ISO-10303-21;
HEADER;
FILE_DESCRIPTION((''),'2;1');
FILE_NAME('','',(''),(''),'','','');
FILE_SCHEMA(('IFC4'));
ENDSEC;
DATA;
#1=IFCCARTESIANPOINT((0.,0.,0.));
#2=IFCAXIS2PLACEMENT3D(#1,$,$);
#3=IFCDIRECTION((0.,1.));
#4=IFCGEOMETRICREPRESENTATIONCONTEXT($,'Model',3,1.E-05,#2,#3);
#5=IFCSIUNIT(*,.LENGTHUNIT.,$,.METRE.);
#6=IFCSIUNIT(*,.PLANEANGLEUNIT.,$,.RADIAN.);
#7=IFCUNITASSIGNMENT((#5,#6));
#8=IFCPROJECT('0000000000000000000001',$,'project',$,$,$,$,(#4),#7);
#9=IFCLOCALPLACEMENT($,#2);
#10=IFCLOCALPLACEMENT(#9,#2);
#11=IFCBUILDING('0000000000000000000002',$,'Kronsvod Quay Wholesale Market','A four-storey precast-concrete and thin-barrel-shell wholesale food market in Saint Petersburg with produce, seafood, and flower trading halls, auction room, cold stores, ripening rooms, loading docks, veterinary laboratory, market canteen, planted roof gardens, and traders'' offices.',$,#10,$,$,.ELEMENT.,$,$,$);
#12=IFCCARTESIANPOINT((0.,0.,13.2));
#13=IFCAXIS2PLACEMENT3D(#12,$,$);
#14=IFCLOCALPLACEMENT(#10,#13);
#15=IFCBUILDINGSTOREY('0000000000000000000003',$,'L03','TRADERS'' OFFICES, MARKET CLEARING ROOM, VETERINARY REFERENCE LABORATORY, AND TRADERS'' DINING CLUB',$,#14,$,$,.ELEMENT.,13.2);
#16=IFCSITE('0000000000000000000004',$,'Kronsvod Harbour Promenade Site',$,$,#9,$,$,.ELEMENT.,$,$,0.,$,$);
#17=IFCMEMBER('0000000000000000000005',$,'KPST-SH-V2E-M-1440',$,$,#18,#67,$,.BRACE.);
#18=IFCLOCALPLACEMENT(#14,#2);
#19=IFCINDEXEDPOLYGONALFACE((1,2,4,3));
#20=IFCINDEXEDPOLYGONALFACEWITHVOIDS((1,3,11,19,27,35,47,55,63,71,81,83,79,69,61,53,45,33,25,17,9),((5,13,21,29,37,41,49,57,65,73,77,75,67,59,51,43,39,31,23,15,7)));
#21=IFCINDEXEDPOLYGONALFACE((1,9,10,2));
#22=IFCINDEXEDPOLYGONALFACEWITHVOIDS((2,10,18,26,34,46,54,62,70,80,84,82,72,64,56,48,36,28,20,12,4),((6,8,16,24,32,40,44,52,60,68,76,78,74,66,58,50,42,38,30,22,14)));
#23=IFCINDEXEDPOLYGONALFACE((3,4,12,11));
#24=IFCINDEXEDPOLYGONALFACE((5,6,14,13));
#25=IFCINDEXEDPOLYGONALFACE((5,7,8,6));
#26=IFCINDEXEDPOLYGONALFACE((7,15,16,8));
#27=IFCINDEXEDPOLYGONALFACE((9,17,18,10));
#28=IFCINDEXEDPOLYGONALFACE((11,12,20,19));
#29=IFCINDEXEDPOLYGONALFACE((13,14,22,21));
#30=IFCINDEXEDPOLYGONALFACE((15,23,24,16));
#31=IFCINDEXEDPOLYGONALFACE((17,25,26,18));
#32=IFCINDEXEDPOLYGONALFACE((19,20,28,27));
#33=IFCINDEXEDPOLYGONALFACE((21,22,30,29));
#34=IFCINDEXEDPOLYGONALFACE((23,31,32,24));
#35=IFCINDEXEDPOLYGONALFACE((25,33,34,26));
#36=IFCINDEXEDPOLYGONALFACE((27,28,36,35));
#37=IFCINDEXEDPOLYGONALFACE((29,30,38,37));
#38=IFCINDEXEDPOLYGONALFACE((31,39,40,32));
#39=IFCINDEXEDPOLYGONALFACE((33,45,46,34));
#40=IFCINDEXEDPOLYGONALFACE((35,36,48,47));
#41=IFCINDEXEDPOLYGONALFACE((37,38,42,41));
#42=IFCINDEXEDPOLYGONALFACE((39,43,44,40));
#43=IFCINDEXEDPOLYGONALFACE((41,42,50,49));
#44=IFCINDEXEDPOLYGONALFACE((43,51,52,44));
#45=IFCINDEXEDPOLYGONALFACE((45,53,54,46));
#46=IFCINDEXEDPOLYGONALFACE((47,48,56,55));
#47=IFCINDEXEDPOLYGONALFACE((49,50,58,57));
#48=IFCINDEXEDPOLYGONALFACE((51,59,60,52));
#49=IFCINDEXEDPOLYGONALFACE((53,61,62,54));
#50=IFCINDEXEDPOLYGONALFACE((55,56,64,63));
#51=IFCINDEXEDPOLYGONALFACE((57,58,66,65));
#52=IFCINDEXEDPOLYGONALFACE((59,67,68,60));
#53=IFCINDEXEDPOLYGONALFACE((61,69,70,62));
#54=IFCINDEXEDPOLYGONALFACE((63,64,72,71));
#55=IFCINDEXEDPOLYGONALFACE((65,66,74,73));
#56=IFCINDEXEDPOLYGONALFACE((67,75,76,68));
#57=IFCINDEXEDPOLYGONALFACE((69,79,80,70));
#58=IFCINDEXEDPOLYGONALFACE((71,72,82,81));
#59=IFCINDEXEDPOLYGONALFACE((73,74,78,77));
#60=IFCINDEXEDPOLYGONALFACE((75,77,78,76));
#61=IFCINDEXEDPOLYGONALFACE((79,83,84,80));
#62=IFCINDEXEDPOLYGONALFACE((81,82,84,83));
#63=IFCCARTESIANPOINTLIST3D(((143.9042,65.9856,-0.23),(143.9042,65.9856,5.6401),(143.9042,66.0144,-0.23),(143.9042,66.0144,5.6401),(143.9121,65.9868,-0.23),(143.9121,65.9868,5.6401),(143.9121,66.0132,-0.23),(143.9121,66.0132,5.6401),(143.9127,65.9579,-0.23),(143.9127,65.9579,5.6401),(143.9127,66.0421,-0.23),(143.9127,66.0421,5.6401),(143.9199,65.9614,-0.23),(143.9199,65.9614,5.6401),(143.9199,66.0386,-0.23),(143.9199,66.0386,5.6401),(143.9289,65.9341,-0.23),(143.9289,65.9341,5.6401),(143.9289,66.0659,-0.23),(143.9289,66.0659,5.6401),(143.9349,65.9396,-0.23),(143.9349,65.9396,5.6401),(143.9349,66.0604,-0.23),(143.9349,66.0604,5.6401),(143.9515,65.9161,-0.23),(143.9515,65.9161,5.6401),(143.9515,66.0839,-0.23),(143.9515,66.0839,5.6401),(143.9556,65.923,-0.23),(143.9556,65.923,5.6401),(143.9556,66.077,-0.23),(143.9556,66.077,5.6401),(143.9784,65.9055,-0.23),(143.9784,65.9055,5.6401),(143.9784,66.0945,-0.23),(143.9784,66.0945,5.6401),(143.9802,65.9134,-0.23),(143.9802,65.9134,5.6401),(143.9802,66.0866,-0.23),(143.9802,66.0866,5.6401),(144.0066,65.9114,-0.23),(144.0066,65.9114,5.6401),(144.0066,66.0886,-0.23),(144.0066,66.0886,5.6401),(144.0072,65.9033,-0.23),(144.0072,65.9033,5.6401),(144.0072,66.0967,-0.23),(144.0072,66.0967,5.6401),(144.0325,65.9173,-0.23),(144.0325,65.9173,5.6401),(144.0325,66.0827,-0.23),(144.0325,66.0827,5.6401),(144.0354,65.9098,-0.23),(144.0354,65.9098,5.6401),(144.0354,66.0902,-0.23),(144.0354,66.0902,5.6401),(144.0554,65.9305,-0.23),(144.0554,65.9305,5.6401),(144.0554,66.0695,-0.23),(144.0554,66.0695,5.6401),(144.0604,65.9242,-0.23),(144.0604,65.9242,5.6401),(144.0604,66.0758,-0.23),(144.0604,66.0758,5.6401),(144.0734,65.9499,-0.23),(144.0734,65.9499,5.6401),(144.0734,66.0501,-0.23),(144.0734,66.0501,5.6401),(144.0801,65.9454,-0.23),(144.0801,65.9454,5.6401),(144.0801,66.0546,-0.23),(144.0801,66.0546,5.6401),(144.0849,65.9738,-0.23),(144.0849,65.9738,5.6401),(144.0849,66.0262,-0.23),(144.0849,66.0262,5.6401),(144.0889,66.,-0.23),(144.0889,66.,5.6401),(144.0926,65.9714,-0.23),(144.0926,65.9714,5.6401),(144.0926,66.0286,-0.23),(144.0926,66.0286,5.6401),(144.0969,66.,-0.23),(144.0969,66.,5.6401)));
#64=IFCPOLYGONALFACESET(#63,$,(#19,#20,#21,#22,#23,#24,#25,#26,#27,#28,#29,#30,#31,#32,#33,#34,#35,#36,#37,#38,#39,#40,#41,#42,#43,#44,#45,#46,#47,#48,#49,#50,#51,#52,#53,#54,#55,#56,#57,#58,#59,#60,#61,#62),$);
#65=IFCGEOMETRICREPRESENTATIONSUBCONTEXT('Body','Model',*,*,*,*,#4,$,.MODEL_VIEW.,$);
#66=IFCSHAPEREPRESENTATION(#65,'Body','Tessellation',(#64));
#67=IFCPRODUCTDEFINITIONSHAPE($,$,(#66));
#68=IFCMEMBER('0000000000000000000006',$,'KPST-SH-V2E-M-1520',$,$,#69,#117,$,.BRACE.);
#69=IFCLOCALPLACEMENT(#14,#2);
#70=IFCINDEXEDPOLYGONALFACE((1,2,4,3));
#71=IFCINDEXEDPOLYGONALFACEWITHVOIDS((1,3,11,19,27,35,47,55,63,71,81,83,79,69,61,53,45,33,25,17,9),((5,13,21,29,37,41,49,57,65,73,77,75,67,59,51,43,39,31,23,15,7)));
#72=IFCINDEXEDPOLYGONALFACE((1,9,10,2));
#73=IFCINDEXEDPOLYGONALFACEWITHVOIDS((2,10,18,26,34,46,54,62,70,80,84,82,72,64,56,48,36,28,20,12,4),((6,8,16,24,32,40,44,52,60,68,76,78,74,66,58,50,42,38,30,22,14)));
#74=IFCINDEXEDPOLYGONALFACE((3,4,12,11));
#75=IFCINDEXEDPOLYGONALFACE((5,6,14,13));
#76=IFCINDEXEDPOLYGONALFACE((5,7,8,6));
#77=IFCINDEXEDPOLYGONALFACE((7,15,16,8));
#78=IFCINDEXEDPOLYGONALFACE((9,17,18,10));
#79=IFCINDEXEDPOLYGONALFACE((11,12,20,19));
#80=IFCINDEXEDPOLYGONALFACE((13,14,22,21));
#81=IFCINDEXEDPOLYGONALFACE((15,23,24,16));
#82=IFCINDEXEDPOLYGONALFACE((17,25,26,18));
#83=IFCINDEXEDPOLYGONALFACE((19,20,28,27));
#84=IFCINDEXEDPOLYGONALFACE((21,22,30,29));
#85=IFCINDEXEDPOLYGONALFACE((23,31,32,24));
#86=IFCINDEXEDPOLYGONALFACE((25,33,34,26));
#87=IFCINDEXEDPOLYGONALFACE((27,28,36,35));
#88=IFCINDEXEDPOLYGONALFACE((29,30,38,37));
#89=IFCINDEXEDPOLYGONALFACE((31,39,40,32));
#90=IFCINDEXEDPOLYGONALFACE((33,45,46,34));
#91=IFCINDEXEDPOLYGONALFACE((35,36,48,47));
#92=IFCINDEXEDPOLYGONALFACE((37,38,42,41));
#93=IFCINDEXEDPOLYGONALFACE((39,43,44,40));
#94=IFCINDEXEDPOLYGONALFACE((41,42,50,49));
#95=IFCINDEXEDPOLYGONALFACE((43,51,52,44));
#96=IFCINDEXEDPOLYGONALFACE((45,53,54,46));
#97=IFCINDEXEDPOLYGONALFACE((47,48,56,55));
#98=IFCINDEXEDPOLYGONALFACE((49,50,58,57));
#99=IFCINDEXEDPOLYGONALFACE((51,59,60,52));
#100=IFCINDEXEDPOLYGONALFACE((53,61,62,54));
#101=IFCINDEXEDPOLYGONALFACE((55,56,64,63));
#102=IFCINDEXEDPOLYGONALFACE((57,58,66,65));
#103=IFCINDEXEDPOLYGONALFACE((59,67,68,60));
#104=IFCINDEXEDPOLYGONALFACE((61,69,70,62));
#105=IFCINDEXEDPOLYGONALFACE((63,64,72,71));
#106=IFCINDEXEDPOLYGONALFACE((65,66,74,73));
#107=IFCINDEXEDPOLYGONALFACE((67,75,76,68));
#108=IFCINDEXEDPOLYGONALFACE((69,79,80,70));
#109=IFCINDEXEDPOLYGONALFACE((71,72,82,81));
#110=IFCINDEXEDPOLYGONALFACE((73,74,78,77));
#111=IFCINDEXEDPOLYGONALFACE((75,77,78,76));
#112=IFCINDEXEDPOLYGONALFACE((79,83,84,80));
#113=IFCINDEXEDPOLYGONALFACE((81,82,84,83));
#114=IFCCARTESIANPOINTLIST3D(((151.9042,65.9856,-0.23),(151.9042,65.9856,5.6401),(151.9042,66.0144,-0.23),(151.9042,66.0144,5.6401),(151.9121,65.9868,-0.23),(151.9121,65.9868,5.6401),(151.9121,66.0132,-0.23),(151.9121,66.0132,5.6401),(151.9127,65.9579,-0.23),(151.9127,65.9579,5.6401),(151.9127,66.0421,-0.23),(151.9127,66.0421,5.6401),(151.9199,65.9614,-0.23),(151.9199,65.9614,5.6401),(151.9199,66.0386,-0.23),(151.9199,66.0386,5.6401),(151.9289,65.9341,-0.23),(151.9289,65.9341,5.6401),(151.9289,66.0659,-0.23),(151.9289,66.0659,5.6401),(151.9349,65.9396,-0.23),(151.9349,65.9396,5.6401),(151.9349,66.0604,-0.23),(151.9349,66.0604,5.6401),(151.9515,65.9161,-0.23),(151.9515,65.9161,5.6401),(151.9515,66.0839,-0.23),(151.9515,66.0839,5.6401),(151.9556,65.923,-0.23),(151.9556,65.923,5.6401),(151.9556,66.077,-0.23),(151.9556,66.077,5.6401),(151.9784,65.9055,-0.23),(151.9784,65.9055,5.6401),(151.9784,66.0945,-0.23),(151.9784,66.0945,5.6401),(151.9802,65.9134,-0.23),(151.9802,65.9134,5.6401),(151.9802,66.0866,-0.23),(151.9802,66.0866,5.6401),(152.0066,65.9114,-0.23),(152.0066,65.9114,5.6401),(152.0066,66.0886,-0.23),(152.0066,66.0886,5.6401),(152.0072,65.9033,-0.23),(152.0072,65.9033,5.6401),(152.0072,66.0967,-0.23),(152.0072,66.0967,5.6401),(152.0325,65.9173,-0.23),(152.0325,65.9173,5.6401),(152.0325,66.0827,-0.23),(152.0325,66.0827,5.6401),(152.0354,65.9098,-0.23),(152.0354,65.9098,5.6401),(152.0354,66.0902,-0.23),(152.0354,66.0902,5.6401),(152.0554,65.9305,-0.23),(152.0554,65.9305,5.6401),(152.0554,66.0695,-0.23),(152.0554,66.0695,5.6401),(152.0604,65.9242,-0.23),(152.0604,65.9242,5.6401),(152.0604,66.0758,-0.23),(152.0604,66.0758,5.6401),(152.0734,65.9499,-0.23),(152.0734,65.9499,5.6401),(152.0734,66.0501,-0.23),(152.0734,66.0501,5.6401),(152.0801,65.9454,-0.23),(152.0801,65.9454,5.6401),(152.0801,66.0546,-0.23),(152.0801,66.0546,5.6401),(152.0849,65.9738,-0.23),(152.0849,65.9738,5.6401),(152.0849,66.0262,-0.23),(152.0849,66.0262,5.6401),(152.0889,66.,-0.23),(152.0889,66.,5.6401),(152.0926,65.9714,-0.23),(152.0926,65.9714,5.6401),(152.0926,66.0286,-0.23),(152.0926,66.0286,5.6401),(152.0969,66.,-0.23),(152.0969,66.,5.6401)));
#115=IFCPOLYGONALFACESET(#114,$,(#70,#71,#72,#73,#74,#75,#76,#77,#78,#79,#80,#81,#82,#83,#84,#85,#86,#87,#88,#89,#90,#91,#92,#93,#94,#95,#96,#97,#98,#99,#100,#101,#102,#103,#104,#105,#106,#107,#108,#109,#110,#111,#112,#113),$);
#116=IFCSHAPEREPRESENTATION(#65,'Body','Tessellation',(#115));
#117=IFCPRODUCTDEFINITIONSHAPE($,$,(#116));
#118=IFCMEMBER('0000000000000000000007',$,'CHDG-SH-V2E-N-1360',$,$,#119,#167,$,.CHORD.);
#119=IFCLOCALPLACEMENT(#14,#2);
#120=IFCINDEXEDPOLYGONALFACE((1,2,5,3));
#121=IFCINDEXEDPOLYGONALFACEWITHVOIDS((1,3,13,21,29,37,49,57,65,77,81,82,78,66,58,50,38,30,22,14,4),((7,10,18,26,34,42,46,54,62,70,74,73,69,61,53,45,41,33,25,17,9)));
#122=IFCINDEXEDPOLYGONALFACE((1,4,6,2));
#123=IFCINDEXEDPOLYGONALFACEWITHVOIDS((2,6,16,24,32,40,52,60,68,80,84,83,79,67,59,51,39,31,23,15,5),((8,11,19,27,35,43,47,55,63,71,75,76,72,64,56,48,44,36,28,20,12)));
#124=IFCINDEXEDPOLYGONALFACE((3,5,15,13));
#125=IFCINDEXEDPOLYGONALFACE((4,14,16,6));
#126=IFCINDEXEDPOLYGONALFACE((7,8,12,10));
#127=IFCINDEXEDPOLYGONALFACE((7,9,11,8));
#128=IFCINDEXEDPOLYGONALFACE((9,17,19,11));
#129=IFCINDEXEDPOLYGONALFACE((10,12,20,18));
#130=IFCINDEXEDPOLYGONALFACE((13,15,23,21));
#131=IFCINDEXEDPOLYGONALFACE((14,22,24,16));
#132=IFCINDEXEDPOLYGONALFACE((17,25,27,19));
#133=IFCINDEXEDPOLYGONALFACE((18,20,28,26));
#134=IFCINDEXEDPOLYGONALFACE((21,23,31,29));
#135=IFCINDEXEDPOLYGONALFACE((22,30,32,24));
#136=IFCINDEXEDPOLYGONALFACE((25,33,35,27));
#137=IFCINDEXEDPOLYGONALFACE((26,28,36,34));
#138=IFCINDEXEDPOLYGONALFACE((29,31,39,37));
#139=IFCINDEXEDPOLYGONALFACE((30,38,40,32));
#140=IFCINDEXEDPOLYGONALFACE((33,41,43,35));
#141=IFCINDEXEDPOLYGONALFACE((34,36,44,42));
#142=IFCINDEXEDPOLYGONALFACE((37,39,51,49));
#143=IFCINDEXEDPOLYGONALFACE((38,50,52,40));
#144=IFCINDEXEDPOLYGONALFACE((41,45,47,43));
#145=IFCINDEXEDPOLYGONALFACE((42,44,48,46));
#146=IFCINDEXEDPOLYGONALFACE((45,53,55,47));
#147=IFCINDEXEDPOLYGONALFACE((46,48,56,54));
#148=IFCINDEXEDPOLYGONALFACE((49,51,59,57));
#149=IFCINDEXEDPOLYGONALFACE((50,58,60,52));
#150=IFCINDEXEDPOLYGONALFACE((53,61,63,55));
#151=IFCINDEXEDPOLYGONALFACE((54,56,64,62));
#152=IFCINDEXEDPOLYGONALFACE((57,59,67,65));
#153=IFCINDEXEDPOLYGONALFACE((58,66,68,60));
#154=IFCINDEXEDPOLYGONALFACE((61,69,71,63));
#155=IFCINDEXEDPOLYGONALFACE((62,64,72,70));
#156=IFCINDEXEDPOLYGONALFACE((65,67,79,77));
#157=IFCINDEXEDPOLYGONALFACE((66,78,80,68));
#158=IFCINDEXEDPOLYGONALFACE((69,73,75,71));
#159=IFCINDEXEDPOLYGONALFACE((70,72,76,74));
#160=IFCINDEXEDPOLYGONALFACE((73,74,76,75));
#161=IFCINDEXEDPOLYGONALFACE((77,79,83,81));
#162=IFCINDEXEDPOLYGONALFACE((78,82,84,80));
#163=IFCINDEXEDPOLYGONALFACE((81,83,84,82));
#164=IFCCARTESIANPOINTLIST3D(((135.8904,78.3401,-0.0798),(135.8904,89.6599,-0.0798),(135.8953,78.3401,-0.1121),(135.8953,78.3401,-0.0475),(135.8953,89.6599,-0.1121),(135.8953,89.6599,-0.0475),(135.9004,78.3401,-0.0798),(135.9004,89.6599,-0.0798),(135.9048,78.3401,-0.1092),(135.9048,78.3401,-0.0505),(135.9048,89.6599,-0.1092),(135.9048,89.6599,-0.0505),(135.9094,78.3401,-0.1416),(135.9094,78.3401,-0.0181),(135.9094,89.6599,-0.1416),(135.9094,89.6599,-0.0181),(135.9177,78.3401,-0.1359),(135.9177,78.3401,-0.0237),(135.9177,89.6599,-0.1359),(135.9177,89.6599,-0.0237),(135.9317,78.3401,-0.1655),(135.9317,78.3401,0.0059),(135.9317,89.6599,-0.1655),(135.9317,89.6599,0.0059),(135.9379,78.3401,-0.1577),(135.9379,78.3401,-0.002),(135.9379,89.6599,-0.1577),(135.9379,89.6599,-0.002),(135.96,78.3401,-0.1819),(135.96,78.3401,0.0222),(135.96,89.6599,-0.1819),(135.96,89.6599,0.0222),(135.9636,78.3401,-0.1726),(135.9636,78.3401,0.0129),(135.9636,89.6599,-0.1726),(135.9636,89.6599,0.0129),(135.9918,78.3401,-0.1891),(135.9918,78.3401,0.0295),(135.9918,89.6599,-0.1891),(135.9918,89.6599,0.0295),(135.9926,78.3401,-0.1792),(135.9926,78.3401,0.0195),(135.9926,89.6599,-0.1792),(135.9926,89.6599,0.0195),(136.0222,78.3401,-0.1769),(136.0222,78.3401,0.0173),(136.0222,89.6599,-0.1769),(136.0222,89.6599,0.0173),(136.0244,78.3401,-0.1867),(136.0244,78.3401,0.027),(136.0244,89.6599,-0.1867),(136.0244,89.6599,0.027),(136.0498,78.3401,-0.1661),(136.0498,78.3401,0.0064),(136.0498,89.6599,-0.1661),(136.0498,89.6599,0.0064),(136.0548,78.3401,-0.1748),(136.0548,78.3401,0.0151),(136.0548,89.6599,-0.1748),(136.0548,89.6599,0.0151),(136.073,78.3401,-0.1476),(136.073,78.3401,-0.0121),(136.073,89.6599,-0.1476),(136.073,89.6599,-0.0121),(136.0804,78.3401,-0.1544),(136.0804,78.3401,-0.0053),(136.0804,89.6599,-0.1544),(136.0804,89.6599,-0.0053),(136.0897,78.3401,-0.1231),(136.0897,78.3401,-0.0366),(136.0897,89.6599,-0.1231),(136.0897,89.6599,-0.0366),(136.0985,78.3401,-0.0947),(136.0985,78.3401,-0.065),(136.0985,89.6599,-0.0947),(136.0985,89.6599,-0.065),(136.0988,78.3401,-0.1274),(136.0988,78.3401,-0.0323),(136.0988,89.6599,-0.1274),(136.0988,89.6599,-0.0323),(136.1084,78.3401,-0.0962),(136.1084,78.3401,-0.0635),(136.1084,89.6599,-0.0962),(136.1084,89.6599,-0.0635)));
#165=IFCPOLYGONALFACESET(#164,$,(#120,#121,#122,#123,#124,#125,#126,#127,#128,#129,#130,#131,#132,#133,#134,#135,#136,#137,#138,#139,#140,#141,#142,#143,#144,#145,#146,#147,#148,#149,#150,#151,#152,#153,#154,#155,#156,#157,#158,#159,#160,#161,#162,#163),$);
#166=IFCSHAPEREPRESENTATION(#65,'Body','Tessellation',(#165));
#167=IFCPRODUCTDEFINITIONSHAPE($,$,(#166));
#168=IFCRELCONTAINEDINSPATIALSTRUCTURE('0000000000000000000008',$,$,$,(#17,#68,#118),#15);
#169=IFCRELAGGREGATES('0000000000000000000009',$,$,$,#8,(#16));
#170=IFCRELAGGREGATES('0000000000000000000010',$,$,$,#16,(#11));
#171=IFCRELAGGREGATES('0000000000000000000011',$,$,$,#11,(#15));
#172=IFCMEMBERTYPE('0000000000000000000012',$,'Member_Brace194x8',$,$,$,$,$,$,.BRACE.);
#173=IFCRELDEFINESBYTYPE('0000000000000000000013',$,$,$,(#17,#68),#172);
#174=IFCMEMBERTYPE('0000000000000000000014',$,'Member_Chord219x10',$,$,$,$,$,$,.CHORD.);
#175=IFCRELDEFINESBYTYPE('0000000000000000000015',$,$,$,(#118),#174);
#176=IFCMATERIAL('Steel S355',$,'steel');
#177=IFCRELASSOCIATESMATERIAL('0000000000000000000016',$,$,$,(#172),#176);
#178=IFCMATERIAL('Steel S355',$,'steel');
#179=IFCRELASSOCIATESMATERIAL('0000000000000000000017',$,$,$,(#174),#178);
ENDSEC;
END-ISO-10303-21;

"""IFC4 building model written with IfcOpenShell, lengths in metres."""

from ifc_helpers import new_model, si_unit, direction, frame, origin, origin_2d, place, context, subcontext, project, spatial, hollow_circle, extrude, material, material_profile, profile_set, type_object, element, save


model = new_model("IFC4")

# Units and contexts
model_context = context("Model", 3, precision=1e-05, world=origin(), true_north=direction((0.0, 1.0)))
body_context = subcontext(model_context, "Body", "Model", "MODEL_VIEW")
ifc_project = project(units=[si_unit("LENGTHUNIT", "METRE"), si_unit("PLANEANGLEUNIT", "RADIAN")], contexts=[model_context])

# Site, building, storey
site_placement = place(None, origin())
site = spatial("IfcSite", under=ifc_project, at=site_placement, Name="Kronsvod Harbour Promenade Site", CompositionType="ELEMENT", RefElevation=0.0)
building_placement = place(site_placement, origin())
building = spatial("IfcBuilding", under=site, at=building_placement, Name="Kronsvod Quay Wholesale Market", Description="A four-storey precast-concrete and thin-barrel-shell wholesale food market in Saint Petersburg with produce, seafood, and flower trading halls, auction room, cold stores, ripening rooms, loading docks, veterinary laboratory, market canteen, planted roof gardens, and traders' offices.", CompositionType="ELEMENT")
storey_placement = place(building_placement, frame((0.0, 0.0, 13.2)))
storey = spatial("IfcBuildingStorey", under=building, at=storey_placement, Name="L03", Description="TRADERS' OFFICES, MARKET CLEARING ROOM, VETERINARY REFERENCE LABORATORY, AND TRADERS' DINING CLUB", CompositionType="ELEMENT", Elevation=13.2)

# Members
ifc_material_1 = material(Name="Steel S355", Category="steel")
ifc_material_profile_1 = material_profile(ifc_material_1, hollow_circle(Radius=0.0969, WallThickness=0.0081, at=origin_2d()), Name="CHS194x8")
ifc_profile_set_1 = profile_set([ifc_material_profile_1], Name="Steel S355")
member_type_1 = type_object("IfcMemberType", Name="Member_Brace194x8", PredefinedType="BRACE", material=ifc_profile_set_1)
for number, where, z_axis, x_axis, name in (
    (1, (144.0, 66.0, -0.23), (0.0, 0.0, 1.0), (1.0, 0.0, 0.0), "KPST-SH-V2E-M-1440"),
    (2, (152.0, 66.0, -0.23), (0.0, 0.0, 1.0), (1.0, 0.0, 0.0), "KPST-SH-V2E-M-1520"),
):
    element("IfcMember", number, at=place(storey_placement, frame(where, z_axis=z_axis, x_axis=x_axis)), inside=storey, type_object=member_type_1, Name=name, PredefinedType="BRACE", context=body_context, shape_type="SweptSolid", body=[
        extrude(hollow_circle(Radius=0.0969, WallThickness=0.0081, at=origin_2d()), origin(), (0.0, 0.0, 1.0), 5.8701),
    ])
ifc_material_2 = material(Name="Steel S355", Category="steel")
ifc_material_profile_2 = material_profile(ifc_material_2, hollow_circle(Radius=0.1096, WallThickness=0.01, at=origin_2d()), Name="CHS219x10")
ifc_profile_set_2 = profile_set([ifc_material_profile_2], Name="Steel S355")
member_type_2 = type_object("IfcMemberType", Name="Member_Chord219x10", PredefinedType="CHORD", material=ifc_profile_set_2)
for number, where, z_axis, x_axis, name in (
    (3, (136.0, 78.3401, -0.0798), (0.0, 1.0, 0.0), (-1.0, 0.0, 0.0), "CHDG-SH-V2E-N-1360"),
):
    element("IfcMember", number, at=place(storey_placement, frame(where, z_axis=z_axis, x_axis=x_axis)), inside=storey, type_object=member_type_2, Name=name, PredefinedType="CHORD", context=body_context, shape_type="SweptSolid", body=[
        extrude(hollow_circle(Radius=0.1096, WallThickness=0.01, at=origin_2d()), origin(), (0.0, 0.0, 1.0), 11.3198),
    ])

save(model, "model.ifc")
